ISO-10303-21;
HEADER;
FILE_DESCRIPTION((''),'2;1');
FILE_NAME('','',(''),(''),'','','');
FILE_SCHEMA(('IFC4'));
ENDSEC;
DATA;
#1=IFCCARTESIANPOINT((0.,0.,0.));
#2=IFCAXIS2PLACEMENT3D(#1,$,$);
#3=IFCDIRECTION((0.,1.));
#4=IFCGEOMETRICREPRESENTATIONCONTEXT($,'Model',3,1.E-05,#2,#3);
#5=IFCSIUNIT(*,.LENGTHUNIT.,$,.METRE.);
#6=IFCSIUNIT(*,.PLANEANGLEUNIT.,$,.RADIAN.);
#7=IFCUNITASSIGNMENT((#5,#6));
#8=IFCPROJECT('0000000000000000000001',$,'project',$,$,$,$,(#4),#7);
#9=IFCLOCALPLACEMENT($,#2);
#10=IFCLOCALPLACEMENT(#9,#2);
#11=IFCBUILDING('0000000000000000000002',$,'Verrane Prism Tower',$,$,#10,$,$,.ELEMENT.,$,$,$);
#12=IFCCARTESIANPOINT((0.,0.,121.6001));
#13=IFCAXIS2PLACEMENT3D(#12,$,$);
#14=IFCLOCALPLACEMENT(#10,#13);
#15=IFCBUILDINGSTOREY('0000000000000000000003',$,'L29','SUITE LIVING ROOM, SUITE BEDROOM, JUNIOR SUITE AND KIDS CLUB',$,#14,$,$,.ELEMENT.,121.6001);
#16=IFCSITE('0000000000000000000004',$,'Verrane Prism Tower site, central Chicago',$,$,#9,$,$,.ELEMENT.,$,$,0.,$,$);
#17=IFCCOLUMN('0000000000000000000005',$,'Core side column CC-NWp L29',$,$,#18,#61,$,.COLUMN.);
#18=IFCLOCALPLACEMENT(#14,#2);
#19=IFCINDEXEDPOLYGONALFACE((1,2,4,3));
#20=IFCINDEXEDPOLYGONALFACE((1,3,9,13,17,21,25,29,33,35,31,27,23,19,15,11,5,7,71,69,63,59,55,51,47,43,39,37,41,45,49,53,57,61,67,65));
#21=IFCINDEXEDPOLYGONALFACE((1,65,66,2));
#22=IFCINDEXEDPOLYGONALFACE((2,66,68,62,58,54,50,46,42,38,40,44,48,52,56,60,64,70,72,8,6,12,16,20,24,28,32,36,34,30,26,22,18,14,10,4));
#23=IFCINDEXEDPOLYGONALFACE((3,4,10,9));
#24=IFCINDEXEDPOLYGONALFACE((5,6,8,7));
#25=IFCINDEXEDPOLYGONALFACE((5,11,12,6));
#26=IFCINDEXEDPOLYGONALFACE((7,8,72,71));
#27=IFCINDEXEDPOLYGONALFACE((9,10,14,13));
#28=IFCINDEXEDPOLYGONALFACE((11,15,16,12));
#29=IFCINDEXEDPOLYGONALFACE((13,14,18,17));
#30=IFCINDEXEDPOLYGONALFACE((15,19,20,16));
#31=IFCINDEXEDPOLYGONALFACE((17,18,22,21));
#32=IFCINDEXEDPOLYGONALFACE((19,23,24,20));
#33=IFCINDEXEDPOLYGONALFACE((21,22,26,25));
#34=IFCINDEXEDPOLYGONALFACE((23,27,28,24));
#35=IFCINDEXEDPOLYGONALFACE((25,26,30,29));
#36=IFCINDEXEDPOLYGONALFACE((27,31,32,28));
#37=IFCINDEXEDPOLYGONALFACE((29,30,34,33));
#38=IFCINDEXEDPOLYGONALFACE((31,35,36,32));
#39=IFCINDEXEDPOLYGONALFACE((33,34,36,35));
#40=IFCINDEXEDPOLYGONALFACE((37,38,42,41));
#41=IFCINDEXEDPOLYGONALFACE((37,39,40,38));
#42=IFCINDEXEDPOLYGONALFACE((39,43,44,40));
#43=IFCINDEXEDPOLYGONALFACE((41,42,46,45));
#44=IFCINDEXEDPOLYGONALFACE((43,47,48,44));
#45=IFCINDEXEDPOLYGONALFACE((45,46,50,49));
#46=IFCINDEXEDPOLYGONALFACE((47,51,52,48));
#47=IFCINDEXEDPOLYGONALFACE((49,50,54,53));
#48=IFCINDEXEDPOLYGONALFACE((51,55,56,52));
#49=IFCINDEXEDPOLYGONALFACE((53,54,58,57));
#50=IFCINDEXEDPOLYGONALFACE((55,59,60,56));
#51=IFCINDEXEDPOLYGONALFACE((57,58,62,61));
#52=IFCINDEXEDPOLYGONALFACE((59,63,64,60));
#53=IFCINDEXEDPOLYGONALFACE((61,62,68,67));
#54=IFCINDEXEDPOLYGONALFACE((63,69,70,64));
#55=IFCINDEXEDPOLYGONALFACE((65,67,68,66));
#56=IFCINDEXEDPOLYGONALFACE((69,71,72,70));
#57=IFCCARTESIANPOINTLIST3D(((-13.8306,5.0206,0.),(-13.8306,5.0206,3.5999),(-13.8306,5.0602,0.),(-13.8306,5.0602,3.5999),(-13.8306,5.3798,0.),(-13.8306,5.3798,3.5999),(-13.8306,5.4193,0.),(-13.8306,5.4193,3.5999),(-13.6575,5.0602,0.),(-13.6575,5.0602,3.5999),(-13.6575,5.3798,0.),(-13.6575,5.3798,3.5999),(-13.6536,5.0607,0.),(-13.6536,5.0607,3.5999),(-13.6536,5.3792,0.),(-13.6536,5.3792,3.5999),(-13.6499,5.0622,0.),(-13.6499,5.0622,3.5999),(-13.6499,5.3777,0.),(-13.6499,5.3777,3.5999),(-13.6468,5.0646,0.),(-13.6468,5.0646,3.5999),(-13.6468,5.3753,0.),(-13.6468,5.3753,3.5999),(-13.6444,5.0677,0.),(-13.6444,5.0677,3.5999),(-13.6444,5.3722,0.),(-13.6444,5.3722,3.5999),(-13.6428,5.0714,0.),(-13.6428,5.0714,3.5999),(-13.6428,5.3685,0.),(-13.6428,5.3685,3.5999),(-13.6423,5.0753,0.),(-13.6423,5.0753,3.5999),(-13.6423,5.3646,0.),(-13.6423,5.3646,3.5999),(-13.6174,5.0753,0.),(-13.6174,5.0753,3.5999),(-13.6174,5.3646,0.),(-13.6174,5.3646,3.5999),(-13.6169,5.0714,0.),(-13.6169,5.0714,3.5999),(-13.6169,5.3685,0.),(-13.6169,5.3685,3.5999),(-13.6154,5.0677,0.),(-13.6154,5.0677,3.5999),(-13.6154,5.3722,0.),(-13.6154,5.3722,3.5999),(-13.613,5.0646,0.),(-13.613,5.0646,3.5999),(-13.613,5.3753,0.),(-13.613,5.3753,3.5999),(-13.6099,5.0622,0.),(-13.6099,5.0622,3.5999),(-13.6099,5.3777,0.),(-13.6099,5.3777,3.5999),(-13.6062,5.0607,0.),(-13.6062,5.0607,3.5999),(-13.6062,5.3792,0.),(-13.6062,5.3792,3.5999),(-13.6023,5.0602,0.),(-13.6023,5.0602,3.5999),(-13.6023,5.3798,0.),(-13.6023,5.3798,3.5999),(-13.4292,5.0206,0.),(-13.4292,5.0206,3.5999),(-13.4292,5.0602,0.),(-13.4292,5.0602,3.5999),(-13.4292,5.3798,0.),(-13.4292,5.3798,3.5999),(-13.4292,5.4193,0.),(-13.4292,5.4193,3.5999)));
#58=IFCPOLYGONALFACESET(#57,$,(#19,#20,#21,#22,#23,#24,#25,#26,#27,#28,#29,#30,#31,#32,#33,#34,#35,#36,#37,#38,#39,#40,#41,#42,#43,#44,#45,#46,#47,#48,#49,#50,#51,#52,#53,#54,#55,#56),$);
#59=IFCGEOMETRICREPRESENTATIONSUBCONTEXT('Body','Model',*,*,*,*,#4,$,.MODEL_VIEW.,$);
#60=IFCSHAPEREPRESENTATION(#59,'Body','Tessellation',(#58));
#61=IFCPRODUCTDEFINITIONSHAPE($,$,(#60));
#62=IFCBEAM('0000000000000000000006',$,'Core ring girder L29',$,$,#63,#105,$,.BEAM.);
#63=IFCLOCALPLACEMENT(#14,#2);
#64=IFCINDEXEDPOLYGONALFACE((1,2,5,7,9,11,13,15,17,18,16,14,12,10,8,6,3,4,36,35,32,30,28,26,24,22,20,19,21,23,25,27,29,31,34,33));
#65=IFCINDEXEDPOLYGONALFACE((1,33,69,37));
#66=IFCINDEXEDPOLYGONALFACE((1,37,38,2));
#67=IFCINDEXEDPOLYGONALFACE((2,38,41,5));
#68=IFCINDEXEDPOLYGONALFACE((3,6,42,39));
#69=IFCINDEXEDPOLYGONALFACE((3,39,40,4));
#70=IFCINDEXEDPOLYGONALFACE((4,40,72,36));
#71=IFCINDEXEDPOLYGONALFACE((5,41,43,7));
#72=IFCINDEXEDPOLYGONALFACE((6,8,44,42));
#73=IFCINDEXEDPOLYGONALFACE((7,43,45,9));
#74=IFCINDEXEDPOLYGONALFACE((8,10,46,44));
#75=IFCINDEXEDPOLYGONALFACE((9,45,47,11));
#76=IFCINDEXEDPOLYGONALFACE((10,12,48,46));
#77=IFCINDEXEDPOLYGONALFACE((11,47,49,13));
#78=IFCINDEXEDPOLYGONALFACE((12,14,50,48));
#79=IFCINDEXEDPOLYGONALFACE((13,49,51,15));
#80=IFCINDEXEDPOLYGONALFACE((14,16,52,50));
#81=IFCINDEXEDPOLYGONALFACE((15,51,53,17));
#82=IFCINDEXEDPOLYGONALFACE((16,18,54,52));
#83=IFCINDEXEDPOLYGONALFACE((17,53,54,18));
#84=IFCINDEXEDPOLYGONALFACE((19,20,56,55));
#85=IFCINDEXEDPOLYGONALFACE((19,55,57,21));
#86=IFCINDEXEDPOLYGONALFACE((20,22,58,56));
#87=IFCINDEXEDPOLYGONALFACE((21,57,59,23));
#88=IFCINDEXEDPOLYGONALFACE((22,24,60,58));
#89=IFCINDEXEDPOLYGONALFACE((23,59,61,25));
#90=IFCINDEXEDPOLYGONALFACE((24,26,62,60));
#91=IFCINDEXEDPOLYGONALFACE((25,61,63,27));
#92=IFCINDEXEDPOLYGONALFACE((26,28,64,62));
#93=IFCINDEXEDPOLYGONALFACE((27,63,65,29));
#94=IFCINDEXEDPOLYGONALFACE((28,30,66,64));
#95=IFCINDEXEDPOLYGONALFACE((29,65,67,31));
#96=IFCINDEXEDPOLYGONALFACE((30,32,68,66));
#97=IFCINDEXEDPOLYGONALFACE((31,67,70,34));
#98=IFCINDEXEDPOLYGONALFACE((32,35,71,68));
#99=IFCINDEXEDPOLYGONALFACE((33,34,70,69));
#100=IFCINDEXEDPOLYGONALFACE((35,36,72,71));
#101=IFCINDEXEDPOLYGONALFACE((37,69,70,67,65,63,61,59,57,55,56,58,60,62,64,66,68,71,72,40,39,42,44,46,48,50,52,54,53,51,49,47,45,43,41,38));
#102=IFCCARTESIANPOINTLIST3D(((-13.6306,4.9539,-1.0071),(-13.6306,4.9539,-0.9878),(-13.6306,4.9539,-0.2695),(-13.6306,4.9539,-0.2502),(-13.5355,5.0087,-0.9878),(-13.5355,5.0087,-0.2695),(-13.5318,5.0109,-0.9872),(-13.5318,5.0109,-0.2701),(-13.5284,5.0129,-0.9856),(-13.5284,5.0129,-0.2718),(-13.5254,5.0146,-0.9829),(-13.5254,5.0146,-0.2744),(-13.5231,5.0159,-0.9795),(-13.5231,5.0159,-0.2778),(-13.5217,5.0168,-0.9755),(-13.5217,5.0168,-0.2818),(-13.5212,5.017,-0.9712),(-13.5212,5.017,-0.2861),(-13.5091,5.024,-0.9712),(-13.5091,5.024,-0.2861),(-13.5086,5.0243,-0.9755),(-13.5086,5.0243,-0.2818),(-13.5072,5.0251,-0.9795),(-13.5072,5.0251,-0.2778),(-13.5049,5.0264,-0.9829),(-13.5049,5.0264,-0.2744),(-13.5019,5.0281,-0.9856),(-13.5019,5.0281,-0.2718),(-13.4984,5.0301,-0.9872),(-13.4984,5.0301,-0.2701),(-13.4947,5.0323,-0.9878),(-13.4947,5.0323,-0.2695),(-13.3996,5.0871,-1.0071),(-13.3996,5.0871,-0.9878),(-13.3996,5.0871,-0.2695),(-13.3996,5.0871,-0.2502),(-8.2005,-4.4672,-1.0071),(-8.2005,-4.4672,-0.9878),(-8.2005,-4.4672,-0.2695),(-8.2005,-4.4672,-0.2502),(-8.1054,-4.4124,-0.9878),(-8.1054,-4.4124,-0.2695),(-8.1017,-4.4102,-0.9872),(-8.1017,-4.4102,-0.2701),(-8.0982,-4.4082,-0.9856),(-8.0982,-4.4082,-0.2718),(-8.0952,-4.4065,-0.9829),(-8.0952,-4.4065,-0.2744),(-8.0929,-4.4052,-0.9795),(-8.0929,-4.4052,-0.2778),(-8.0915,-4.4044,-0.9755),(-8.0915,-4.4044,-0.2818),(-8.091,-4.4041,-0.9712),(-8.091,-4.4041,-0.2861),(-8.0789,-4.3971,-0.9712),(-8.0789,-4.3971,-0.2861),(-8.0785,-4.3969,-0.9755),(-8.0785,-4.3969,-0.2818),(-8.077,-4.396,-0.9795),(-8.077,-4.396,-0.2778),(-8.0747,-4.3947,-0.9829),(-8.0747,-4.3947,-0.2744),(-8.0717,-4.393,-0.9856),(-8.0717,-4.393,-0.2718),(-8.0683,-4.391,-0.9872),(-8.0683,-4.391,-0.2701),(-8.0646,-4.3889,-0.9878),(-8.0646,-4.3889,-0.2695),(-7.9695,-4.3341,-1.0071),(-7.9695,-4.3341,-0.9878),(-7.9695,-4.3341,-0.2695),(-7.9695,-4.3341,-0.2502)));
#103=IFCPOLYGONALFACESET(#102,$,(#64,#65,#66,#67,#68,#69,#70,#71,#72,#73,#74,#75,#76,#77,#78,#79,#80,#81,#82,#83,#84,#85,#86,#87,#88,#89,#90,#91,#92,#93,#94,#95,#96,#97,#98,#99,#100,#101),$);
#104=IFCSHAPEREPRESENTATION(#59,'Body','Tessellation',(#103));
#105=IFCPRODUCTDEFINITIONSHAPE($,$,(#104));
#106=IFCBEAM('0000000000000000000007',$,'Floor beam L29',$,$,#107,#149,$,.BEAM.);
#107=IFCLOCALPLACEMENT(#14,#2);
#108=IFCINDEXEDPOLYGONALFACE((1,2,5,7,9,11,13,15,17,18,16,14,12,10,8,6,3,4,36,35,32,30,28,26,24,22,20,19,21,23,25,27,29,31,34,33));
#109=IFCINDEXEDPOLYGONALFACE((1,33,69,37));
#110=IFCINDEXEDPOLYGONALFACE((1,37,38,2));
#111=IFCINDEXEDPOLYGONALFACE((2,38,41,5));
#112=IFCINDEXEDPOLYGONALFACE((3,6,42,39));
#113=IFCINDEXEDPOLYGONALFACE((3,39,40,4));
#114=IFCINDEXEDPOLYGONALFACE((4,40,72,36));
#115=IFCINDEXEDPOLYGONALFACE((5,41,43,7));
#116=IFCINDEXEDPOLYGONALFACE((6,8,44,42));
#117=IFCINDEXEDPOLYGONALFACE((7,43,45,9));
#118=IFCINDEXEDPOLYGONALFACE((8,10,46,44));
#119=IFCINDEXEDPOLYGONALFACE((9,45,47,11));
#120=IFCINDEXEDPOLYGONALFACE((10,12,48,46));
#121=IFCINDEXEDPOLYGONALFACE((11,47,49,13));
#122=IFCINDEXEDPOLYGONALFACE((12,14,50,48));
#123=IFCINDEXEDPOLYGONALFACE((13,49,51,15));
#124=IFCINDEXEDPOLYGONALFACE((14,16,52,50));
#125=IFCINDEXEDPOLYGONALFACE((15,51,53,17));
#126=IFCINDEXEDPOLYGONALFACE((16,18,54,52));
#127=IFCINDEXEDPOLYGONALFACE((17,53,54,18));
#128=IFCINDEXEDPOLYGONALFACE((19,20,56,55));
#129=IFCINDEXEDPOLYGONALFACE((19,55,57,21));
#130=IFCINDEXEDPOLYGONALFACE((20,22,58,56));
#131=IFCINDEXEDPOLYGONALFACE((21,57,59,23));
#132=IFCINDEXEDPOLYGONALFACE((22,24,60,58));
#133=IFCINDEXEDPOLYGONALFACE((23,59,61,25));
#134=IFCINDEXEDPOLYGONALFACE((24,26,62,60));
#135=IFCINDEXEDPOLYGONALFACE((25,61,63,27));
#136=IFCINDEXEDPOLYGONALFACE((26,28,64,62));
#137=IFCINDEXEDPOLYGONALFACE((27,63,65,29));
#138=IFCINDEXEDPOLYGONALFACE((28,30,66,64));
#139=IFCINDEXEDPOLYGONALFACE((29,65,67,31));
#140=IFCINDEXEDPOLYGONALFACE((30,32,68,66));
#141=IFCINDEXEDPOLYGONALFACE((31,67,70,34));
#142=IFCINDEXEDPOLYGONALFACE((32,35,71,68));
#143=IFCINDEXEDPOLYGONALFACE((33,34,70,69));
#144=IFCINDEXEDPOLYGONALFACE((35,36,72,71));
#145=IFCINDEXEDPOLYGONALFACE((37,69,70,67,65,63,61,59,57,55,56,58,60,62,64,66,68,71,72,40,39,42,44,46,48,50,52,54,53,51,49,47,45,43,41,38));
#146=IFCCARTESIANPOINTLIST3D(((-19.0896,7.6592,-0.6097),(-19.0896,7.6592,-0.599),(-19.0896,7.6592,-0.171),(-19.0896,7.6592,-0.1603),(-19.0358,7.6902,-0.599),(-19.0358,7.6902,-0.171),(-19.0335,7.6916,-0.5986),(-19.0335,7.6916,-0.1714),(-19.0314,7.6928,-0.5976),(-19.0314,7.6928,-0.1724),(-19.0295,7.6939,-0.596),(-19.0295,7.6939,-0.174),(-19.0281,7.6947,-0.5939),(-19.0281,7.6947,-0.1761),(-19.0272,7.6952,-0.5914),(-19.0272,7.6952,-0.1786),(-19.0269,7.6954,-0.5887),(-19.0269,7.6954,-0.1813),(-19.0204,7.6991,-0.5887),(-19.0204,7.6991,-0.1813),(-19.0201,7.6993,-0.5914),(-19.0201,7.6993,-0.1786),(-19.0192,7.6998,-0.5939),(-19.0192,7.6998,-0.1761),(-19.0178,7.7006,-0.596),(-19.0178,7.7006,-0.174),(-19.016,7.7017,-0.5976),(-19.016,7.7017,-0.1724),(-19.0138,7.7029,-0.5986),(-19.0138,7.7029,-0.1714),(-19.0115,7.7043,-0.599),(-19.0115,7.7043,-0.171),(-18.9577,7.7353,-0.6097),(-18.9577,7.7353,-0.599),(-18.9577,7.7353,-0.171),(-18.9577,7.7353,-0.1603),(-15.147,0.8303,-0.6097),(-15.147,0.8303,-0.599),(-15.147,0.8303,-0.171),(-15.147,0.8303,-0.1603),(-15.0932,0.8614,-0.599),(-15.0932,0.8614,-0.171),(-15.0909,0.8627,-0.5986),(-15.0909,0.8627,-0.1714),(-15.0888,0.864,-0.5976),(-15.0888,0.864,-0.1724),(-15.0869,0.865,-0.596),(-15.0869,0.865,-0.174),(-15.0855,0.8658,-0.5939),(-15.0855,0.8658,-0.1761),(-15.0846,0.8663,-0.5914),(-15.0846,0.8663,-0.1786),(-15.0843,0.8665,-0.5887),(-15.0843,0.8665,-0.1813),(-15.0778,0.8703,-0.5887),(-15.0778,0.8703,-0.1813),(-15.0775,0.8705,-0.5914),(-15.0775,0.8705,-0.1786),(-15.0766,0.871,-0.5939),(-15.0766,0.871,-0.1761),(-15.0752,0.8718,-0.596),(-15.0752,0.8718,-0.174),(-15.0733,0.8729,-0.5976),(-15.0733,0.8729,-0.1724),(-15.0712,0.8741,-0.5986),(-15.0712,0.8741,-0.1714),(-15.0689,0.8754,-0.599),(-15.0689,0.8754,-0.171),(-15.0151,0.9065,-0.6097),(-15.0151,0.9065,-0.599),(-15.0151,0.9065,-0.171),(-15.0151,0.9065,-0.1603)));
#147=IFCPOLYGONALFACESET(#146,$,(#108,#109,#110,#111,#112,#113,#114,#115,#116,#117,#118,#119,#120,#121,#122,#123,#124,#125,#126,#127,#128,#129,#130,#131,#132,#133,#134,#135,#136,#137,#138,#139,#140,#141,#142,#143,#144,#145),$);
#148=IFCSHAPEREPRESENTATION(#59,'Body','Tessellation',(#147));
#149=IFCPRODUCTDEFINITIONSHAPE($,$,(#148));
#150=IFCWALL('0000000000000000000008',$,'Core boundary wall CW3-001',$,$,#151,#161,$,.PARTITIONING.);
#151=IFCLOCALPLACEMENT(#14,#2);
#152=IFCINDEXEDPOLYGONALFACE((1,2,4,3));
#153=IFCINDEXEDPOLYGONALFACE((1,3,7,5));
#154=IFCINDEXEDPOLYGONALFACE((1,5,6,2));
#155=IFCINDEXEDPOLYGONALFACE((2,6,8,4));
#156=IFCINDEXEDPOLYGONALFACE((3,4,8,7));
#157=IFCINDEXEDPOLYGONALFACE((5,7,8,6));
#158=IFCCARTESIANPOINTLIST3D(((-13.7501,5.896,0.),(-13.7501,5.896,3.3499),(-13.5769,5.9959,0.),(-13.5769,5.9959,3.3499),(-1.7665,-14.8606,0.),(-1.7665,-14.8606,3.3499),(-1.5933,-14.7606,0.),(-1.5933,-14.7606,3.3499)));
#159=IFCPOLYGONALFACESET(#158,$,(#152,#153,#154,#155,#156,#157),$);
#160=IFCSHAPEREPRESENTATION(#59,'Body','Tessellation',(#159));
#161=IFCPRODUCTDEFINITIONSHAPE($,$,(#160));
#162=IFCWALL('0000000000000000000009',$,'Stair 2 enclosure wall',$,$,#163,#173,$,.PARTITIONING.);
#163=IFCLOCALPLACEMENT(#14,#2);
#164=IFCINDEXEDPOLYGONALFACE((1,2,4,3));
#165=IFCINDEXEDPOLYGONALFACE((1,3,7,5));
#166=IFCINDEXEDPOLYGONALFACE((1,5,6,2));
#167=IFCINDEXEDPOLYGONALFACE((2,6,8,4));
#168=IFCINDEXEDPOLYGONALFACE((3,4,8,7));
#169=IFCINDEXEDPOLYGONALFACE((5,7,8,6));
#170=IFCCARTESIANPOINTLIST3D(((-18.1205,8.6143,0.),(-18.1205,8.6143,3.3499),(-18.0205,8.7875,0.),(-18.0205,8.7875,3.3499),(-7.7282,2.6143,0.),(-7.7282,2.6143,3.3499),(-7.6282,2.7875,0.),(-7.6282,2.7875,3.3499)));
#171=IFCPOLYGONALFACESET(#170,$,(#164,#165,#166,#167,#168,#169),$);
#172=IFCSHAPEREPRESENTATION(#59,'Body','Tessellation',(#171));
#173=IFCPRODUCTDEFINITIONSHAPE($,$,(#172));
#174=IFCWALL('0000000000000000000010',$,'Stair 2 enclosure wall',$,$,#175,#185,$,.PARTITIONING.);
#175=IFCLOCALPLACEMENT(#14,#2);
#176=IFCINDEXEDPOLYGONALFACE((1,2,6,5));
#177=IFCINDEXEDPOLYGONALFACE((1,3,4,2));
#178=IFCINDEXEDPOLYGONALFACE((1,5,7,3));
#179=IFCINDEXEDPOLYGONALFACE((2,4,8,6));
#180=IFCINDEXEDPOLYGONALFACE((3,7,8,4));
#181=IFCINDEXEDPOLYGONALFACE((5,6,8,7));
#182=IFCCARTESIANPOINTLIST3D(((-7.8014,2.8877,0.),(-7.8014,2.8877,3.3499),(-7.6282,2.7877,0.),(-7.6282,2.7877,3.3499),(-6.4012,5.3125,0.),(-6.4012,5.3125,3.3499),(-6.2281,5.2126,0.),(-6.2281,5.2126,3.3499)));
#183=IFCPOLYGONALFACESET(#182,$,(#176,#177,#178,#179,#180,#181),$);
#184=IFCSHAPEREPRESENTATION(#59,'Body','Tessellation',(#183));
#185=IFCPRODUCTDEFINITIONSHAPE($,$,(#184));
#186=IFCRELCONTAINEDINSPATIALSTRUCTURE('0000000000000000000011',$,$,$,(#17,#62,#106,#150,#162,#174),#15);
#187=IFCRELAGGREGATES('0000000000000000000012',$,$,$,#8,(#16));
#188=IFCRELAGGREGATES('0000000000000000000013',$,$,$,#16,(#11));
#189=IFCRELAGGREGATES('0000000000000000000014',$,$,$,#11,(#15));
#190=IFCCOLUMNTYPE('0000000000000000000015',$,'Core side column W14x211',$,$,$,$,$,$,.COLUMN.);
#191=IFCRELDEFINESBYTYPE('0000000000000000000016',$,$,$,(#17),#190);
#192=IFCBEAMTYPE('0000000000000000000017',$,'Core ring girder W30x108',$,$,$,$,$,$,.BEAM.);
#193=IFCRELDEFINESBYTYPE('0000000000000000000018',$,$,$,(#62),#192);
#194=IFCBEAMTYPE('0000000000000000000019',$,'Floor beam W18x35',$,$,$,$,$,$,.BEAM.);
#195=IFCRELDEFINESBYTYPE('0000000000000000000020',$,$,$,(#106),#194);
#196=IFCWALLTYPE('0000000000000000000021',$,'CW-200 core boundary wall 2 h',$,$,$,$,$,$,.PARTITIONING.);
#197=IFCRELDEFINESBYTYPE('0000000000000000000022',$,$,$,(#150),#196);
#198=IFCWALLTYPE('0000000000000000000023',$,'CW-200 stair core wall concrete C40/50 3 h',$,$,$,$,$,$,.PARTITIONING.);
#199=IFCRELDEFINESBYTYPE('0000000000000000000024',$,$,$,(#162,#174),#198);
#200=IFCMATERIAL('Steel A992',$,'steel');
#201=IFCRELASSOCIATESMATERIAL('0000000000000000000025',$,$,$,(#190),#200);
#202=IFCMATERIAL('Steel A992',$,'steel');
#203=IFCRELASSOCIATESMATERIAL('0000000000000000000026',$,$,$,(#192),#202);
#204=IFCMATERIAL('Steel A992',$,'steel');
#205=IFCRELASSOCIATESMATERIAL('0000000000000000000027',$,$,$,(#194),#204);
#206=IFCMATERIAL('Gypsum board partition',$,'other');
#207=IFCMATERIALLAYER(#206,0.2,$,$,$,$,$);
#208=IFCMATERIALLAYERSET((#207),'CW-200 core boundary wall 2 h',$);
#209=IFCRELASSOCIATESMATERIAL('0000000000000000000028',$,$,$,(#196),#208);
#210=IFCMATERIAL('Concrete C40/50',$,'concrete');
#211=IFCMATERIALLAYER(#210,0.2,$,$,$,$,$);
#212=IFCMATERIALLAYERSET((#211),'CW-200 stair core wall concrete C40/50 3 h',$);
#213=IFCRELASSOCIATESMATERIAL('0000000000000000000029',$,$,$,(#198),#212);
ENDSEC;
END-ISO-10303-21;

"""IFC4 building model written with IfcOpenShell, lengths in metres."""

from ifc_helpers import new_model, si_unit, direction, frame, frame_2d, origin, origin_2d, place, context, subcontext, project, spatial, rectangle, i_section, extrude, material, layer, layer_set, material_profile, profile_set, type_object, element, save


model = new_model("IFC4")

# Units and contexts
model_context = context("Model", 3, precision=1e-05, world=origin(), true_north=direction((0.0, 1.0)))
body_context = subcontext(model_context, "Body", "Model", "MODEL_VIEW")
ifc_project = project(units=[si_unit("LENGTHUNIT", "METRE"), si_unit("PLANEANGLEUNIT", "RADIAN")], contexts=[model_context])

# Site, building, storey
site_placement = place(None, origin())
site = spatial("IfcSite", under=ifc_project, at=site_placement, Name="Verrane Prism Tower site, central Chicago", CompositionType="ELEMENT", RefElevation=0.0)
building_placement = place(site_placement, origin())
building = spatial("IfcBuilding", under=site, at=building_placement, Name="Verrane Prism Tower", CompositionType="ELEMENT")
storey_placement = place(building_placement, frame((0.0, 0.0, 121.6001)))
storey = spatial("IfcBuildingStorey", under=building, at=storey_placement, Name="L29", Description="SUITE LIVING ROOM, SUITE BEDROOM, JUNIOR SUITE AND KIDS CLUB", CompositionType="ELEMENT", Elevation=121.6001)

# Column
ifc_material_1 = material(Name="Steel A992", Category="steel")
ifc_material_profile_1 = material_profile(ifc_material_1, i_section(OverallWidth=0.4014, OverallDepth=0.3987, WebThickness=0.0249, FlangeThickness=0.0396, FilletRadius=0.0151, at=origin_2d()), Name="W14x211")
ifc_profile_set_1 = profile_set([ifc_material_profile_1], Name="Steel A992")
column_type = type_object("IfcColumnType", Name="Core side column W14x211", PredefinedType="COLUMN", material=ifc_profile_set_1)
column_placement = place(storey_placement, frame((-13.6299, 5.22, 0.0), z_axis=(0.0, 0.0, 1.0), x_axis=(1.0, 0.0, 0.0)))
element("IfcColumn", 1, at=column_placement, inside=storey, type_object=column_type, Name="Core side column CC-NWp L29", PredefinedType="COLUMN", context=body_context, shape_type="SweptSolid", body=[
    extrude(i_section(OverallWidth=0.4014, OverallDepth=0.3987, WebThickness=0.0249, FlangeThickness=0.0396, FilletRadius=0.0151, at=origin_2d()), origin(), (0.0, 0.0, 1.0), 3.5999),
])

# Beams
ifc_material_2 = material(Name="Steel A992", Category="steel")
ifc_material_profile_2 = material_profile(ifc_material_2, i_section(OverallWidth=0.2666, OverallDepth=0.7568, WebThickness=0.0139, FlangeThickness=0.0193, FilletRadius=0.0166, at=origin_2d()), Name="W30x108")
ifc_profile_set_2 = profile_set([ifc_material_profile_2], Name="Steel A992")
beam_type_1 = type_object("IfcBeamType", Name="Core ring girder W30x108", PredefinedType="BEAM", material=ifc_profile_set_2)
beam_1_placement = place(storey_placement, frame((-13.5151, 5.0205, -0.6287), z_axis=(0.499371, -0.866388, 0.0), x_axis=(0.866388, 0.499371, 0.0)))
element("IfcBeam", 2, at=beam_1_placement, inside=storey, type_object=beam_type_1, Name="Core ring girder L29", PredefinedType="BEAM", context=body_context, shape_type="SweptSolid", body=[
    extrude(i_section(OverallWidth=0.2666, OverallDepth=0.7568, WebThickness=0.0139, FlangeThickness=0.0193, FilletRadius=0.0166, at=origin_2d()), origin(), (0.0, 0.0, 1.0), 10.874),
])
ifc_material_3 = material(Name="Steel A992", Category="steel")
ifc_material_profile_3 = material_profile(ifc_material_3, i_section(OverallWidth=0.1523, OverallDepth=0.4495, WebThickness=0.0076, FlangeThickness=0.0107, FilletRadius=0.0103, at=origin_2d()), Name="W18x35")
ifc_profile_set_3 = profile_set([ifc_material_profile_3], Name="Steel A992")
beam_type_2 = type_object("IfcBeamType", Name="Floor beam W18x35", PredefinedType="BEAM", material=ifc_profile_set_3)
beam_2_placement = place(storey_placement, frame((-15.0811, 0.8684, -0.385), z_axis=(-0.499999, 0.866026, 0.0), x_axis=(-0.866026, -0.499999, 0.0)))
element("IfcBeam", 3, at=beam_2_placement, inside=storey, type_object=beam_type_2, Name="Floor beam L29", PredefinedType="BEAM", context=body_context, shape_type="SweptSolid", body=[
    extrude(i_section(OverallWidth=0.1523, OverallDepth=0.4495, WebThickness=0.0076, FlangeThickness=0.0107, FilletRadius=0.0103, at=origin_2d()), origin(), (0.0, 0.0, 1.0), 7.8853),
])

# Walls
ifc_material_4 = material(Name="Gypsum board partition", Category="other")
ifc_layer_1 = layer(ifc_material_4, 0.2)
ifc_layer_set_1 = layer_set([ifc_layer_1], Name="CW-200 core boundary wall 2 h")
wall_type_1 = type_object("IfcWallType", Name="CW-200 core boundary wall 2 h", PredefinedType="PARTITIONING", material=ifc_layer_set_1)
wall_1_placement = place(storey_placement, frame((-13.6636, 5.946, 0.0), z_axis=(0.0, 0.0, 1.0), x_axis=(0.499994, -0.866029, 0.0)))
element("IfcWall", 4, at=wall_1_placement, inside=storey, type_object=wall_type_1, Name="Core boundary wall CW3-001", PredefinedType="PARTITIONING", context=body_context, shape_type="SweptSolid", body=[
    extrude(rectangle(XDim=23.9675, YDim=0.2, at=frame_2d((11.9839, 0.0))), origin(), (0.0, 0.0, 1.0), 3.3499),
])
ifc_material_5 = material(Name="Concrete C40/50", Category="concrete")
ifc_layer_2 = layer(ifc_material_5, 0.2)
ifc_layer_set_2 = layer_set([ifc_layer_2], Name="CW-200 stair core wall concrete C40/50 3 h")
wall_type_2 = type_object("IfcWallType", Name="CW-200 stair core wall concrete C40/50 3 h", PredefinedType="PARTITIONING", material=ifc_layer_set_2)
wall_2_placement = place(storey_placement, frame((-7.6782, 2.7009, 0.0), z_axis=(0.0, 0.0, 1.0), x_axis=(-0.866026, 0.499999, 0.0)))
element("IfcWall", 5, at=wall_2_placement, inside=storey, type_object=wall_type_2, Name="Stair 2 enclosure wall", PredefinedType="PARTITIONING", context=body_context, shape_type="SweptSolid", body=[
    extrude(rectangle(XDim=12.0, YDim=0.2, at=frame_2d((6.0, 0.0))), origin(), (0.0, 0.0, 1.0), 3.3499),
])
wall_3_placement = place(storey_placement, frame((-6.3147, 5.2625, 0.0), z_axis=(0.0, 0.0, 1.0), x_axis=(-0.50005, -0.865997, 0.0)))
element("IfcWall", 6, at=wall_3_placement, inside=storey, type_object=wall_type_2, Name="Stair 2 enclosure wall", PredefinedType="PARTITIONING", context=body_context, shape_type="SweptSolid", body=[
    extrude(rectangle(XDim=2.8, YDim=0.2, at=frame_2d((1.3999, 0.0))), origin(), (0.0, 0.0, 1.0), 3.3499),
])

save(model, "model.ifc")
